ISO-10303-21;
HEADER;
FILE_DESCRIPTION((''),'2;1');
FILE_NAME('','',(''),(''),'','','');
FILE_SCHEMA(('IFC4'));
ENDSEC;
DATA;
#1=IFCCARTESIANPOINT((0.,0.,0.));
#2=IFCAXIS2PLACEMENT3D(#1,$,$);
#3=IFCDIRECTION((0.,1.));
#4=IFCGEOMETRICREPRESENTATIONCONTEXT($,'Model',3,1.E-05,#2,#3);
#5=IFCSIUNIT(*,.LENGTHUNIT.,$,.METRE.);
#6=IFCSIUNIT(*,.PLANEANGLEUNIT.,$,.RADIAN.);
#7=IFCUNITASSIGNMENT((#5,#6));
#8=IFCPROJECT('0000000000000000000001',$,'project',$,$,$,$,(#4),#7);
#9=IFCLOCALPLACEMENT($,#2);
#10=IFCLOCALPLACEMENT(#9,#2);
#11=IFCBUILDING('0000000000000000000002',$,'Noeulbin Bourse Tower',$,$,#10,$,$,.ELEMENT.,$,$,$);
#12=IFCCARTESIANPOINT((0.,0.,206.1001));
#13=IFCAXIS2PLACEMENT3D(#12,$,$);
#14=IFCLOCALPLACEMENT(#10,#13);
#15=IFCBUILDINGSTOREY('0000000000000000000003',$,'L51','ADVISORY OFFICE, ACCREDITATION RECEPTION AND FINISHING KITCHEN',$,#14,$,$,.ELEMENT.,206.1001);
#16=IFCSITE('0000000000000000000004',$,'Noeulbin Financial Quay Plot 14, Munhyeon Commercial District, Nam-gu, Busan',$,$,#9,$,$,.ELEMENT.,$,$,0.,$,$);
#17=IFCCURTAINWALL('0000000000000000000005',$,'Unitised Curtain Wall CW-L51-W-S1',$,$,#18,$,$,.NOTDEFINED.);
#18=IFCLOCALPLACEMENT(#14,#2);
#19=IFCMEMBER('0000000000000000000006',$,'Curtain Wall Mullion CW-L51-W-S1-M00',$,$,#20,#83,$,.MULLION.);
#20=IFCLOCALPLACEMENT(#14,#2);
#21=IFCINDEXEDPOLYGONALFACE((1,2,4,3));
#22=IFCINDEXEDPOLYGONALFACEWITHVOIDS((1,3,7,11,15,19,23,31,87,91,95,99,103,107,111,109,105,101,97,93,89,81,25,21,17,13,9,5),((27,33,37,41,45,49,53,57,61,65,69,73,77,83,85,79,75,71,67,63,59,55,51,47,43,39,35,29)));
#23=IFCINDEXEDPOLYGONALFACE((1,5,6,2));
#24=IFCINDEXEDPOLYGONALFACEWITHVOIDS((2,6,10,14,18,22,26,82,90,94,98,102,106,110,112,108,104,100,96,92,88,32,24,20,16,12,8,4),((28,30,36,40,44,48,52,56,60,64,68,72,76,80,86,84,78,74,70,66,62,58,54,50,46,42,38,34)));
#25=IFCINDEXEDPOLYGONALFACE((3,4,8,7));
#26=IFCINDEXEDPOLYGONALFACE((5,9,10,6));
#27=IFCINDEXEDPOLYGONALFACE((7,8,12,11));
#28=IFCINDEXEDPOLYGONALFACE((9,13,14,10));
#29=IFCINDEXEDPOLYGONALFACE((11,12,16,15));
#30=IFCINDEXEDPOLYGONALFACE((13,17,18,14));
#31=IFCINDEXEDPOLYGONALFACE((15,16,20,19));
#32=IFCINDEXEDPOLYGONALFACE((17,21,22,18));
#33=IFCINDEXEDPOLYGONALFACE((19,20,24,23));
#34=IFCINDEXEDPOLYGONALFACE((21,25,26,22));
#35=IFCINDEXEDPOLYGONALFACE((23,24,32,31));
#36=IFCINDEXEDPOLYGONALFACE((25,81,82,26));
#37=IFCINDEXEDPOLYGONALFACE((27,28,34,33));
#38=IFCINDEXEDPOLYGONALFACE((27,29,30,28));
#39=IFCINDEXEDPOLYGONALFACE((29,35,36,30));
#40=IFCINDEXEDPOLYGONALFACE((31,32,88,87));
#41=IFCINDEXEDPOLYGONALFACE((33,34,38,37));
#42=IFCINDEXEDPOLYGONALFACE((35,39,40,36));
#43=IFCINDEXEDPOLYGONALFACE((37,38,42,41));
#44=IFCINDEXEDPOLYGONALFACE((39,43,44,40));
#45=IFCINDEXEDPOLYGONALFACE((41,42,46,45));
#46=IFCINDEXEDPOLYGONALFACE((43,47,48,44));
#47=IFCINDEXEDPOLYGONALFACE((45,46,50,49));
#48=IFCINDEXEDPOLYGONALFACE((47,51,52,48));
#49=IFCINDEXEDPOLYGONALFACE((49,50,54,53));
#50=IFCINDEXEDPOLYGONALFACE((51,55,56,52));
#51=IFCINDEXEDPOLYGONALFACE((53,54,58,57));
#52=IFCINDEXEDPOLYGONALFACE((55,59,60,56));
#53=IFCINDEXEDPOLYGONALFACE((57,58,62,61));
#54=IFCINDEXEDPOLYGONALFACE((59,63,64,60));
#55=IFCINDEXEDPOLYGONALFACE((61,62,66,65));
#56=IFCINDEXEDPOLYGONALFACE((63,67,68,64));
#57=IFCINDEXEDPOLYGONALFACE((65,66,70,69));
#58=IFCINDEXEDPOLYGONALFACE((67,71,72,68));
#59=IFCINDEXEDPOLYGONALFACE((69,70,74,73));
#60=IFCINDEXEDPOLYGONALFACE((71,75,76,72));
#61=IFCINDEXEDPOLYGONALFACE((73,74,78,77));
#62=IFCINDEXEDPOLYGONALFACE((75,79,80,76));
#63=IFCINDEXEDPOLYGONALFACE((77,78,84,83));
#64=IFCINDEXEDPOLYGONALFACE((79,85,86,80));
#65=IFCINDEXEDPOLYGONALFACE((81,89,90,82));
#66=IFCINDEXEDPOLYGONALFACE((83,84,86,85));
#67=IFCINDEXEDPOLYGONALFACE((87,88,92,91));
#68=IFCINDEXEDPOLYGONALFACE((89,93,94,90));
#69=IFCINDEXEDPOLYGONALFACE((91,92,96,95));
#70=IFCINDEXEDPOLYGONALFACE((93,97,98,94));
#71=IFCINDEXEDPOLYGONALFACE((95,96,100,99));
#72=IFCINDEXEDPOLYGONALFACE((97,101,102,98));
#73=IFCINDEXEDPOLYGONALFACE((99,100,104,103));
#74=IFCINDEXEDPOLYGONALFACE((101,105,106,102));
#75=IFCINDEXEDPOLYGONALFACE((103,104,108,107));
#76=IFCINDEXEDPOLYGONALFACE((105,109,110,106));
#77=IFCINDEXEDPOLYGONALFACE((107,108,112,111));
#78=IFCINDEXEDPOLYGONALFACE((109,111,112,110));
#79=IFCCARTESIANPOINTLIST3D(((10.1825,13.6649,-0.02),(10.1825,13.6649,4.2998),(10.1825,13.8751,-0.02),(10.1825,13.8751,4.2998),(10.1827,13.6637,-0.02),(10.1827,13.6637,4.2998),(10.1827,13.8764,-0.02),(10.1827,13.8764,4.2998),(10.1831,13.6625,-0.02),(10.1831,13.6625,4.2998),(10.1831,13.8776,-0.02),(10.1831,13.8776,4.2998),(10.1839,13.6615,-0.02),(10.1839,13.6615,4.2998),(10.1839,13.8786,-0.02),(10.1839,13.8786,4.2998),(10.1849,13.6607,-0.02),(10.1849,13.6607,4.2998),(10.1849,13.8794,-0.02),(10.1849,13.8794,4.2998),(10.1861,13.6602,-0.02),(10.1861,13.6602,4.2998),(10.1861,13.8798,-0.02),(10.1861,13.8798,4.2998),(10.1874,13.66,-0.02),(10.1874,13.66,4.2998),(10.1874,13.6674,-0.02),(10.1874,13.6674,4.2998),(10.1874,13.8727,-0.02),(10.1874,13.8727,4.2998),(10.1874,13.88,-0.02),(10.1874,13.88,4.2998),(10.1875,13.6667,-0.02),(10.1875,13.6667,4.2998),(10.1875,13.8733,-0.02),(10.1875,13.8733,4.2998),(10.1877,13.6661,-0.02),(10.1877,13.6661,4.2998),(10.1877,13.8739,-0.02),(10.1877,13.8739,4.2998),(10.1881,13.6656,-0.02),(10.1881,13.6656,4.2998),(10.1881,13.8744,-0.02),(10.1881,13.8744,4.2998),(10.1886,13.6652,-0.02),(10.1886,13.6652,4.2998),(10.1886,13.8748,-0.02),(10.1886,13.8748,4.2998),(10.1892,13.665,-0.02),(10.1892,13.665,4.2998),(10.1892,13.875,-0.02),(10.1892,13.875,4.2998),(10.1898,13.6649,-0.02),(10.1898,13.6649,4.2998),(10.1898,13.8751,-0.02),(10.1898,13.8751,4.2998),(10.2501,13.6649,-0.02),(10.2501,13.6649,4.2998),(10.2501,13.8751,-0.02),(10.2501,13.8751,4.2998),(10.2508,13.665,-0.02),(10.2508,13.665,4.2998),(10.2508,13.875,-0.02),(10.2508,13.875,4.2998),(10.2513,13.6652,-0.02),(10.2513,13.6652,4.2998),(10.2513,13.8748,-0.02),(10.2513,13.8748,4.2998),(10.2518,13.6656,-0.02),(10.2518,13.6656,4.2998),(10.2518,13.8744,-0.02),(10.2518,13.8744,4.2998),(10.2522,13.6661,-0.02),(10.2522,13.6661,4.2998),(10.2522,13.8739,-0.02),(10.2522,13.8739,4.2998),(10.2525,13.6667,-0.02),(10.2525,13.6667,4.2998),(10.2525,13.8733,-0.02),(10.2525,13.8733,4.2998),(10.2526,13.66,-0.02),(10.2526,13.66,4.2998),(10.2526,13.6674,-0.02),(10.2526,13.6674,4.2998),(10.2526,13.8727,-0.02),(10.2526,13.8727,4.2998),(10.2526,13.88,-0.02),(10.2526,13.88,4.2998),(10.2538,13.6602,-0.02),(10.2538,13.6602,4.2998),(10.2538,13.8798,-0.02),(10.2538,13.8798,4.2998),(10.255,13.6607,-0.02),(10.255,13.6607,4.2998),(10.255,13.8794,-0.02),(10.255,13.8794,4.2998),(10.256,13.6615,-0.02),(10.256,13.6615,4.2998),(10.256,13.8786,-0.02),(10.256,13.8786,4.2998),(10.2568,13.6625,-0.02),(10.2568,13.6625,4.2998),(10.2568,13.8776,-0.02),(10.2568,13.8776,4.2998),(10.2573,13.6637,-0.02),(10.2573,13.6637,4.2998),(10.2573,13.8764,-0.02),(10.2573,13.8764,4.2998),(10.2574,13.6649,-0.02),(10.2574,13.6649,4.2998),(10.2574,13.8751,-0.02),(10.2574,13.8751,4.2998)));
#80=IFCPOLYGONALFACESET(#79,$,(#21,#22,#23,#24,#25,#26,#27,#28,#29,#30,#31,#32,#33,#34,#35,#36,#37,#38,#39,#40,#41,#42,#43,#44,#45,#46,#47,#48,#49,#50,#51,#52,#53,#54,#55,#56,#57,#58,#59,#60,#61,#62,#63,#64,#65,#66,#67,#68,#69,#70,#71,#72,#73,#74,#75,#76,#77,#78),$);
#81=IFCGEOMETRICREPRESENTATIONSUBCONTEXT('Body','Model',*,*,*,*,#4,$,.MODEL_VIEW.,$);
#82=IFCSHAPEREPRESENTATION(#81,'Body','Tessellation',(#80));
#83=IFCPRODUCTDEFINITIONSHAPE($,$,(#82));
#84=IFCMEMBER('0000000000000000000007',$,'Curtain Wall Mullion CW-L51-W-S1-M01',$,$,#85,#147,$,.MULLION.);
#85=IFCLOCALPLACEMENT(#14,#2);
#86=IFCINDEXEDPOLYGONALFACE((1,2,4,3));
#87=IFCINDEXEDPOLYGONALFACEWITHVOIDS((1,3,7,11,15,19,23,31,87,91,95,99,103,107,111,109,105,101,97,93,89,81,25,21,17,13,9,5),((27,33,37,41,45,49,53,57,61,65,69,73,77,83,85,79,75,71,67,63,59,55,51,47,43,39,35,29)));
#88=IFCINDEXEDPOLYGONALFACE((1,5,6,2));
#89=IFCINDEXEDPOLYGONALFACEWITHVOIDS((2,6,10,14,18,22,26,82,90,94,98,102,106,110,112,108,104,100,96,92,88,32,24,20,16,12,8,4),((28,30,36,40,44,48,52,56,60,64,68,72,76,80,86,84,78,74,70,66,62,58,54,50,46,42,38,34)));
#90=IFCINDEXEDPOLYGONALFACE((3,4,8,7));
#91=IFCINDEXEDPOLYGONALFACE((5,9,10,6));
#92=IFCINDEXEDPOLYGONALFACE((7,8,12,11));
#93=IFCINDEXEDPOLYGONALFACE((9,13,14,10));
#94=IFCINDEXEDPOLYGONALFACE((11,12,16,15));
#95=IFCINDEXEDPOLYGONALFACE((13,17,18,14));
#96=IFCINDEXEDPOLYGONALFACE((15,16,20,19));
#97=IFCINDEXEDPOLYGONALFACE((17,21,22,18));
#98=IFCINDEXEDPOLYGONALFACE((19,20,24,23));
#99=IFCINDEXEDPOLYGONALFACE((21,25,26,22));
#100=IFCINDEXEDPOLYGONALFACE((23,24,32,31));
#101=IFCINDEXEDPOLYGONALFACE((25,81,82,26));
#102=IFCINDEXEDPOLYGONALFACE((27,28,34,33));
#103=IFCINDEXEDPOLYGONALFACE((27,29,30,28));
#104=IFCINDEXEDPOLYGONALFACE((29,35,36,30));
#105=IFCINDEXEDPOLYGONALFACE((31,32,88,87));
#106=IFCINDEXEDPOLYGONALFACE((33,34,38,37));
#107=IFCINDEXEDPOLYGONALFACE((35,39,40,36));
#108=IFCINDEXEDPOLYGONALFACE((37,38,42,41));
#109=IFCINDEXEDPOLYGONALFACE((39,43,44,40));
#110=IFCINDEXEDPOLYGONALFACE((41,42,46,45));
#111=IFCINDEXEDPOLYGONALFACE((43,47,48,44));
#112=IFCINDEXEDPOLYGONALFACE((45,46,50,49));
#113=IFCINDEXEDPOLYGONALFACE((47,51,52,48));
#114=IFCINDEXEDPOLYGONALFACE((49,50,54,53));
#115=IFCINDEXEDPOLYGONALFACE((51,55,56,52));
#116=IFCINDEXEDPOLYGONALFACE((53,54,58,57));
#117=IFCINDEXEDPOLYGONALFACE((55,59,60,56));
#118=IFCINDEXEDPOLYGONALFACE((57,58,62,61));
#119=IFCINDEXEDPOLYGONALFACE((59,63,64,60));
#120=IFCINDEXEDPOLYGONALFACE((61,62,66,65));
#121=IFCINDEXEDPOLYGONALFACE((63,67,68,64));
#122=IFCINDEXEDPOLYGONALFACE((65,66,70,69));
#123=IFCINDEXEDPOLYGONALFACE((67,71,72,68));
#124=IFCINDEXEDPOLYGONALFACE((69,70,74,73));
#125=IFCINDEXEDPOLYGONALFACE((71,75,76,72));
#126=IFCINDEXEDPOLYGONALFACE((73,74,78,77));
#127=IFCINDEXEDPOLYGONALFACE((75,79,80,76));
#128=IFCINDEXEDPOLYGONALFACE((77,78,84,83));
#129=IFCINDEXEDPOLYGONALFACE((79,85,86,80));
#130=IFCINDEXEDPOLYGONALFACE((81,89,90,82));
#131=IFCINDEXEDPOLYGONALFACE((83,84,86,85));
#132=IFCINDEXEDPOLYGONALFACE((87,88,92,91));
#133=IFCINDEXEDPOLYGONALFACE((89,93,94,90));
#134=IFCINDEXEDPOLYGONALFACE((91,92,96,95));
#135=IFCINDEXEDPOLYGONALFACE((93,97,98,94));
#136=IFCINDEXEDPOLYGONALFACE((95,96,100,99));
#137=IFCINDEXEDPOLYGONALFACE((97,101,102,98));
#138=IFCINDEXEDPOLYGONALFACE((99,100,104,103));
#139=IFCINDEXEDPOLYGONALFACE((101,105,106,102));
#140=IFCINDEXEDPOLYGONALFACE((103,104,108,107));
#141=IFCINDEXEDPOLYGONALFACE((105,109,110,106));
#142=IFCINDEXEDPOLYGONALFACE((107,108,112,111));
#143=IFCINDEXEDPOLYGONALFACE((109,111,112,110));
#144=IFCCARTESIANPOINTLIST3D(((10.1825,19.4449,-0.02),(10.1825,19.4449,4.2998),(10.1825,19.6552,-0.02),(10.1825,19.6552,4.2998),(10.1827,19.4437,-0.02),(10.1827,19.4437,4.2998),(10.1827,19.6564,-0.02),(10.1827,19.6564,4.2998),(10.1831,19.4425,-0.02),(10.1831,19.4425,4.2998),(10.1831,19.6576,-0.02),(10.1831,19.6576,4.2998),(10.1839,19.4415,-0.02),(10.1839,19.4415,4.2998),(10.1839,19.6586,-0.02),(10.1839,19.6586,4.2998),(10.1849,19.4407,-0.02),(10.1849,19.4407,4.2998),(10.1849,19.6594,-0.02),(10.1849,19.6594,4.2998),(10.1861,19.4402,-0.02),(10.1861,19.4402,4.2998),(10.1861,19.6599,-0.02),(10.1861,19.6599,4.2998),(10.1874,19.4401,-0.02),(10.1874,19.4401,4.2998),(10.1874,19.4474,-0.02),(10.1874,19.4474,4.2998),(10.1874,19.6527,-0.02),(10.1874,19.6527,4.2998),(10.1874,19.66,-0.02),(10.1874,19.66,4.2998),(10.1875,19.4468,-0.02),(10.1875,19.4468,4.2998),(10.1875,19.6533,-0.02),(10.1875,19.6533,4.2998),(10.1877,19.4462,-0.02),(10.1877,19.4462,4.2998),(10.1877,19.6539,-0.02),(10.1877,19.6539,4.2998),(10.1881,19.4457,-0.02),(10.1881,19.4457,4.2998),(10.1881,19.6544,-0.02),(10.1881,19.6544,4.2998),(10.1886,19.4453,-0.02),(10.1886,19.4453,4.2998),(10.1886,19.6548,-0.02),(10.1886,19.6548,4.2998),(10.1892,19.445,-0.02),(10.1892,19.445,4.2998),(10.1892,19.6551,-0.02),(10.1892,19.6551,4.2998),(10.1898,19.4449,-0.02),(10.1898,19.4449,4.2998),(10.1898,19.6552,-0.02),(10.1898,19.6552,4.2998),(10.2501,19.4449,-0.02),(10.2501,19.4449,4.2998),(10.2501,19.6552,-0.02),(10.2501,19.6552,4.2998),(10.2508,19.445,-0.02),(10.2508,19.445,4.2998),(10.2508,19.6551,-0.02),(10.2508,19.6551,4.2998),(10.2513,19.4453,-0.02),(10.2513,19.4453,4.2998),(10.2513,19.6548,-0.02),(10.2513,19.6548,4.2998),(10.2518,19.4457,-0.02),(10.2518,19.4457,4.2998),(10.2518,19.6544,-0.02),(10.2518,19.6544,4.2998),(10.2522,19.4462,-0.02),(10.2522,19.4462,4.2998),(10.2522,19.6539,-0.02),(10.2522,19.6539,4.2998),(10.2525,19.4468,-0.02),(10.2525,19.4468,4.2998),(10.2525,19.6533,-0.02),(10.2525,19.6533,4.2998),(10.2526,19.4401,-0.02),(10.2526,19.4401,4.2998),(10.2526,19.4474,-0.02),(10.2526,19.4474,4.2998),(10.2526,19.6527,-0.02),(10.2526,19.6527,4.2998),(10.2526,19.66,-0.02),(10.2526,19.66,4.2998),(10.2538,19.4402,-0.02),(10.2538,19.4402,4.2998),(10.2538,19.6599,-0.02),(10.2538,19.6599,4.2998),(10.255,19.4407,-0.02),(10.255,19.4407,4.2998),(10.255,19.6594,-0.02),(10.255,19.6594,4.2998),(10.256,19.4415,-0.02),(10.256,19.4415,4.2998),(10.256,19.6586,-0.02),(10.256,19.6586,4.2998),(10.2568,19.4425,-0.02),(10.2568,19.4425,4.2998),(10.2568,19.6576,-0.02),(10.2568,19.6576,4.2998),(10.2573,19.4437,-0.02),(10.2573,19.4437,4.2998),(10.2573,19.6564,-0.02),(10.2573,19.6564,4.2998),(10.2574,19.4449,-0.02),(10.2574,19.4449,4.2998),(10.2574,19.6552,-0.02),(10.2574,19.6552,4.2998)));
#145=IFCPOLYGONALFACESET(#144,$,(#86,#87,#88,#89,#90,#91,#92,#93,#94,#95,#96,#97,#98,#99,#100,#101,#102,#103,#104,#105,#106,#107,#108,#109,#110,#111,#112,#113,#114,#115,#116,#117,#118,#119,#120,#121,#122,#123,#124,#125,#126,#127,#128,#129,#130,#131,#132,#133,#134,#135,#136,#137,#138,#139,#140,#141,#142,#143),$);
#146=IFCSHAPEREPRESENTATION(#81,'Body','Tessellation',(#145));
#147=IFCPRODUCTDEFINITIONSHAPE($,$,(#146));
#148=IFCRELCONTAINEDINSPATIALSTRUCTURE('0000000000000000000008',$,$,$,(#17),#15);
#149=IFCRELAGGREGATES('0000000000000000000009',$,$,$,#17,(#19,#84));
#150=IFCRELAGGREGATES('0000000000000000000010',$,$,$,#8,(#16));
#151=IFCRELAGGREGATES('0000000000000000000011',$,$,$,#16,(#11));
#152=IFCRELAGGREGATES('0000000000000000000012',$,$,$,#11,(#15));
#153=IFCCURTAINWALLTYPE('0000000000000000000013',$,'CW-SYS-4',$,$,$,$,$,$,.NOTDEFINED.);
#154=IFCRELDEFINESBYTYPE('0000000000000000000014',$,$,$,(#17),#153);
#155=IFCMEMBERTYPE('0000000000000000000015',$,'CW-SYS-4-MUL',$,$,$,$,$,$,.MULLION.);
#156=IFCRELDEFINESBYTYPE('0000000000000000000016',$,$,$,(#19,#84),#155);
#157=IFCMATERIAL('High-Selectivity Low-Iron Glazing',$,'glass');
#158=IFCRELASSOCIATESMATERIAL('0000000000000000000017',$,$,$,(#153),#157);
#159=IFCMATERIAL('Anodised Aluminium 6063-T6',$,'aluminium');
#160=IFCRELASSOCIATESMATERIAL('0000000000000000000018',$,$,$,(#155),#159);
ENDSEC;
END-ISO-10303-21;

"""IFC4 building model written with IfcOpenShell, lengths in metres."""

from ifc_helpers import new_model, si_unit, direction, frame, origin, origin_2d, place, context, subcontext, project, spatial, hollow_rectangle, extrude, material, material_profile, profile_set, type_object, element, aggregate, save


model = new_model("IFC4")

# Units and contexts
model_context = context("Model", 3, precision=1e-05, world=origin(), true_north=direction((0.0, 1.0)))
body_context = subcontext(model_context, "Body", "Model", "MODEL_VIEW")
ifc_project = project(units=[si_unit("LENGTHUNIT", "METRE"), si_unit("PLANEANGLEUNIT", "RADIAN")], contexts=[model_context])

# Site, building, storey
site_placement = place(None, origin())
site = spatial("IfcSite", under=ifc_project, at=site_placement, Name="Noeulbin Financial Quay Plot 14, Munhyeon Commercial District, Nam-gu, Busan", CompositionType="ELEMENT", RefElevation=0.0)
building_placement = place(site_placement, origin())
building = spatial("IfcBuilding", under=site, at=building_placement, Name="Noeulbin Bourse Tower", CompositionType="ELEMENT")
storey_placement = place(building_placement, frame((0.0, 0.0, 206.1001)))
storey = spatial("IfcBuildingStorey", under=building, at=storey_placement, Name="L51", Description="ADVISORY OFFICE, ACCREDITATION RECEPTION AND FINISHING KITCHEN", CompositionType="ELEMENT", Elevation=206.1001)

# Curtain wall, members
ifc_material_1 = material(Name="High-Selectivity Low-Iron Glazing", Category="glass")
curtain_wall_type = type_object("IfcCurtainWallType", Name="CW-SYS-4", PredefinedType="NOTDEFINED", material=ifc_material_1)
curtain_wall_placement = place(storey_placement, origin())
curtain_wall = element("IfcCurtainWall", 1, at=curtain_wall_placement, inside=storey, type_object=curtain_wall_type, Name="Unitised Curtain Wall CW-L51-W-S1", PredefinedType="NOTDEFINED")
ifc_material_2 = material(Name="Anodised Aluminium 6063-T6", Category="aluminium")
ifc_material_profile_1 = material_profile(ifc_material_2, hollow_rectangle(XDim=0.075, YDim=0.22, WallThickness=0.0049, InnerFilletRadius=0.0024, OuterFilletRadius=0.0049, at=origin_2d()), Name="ALU-MULL-75x220x5", Category="LoadBearing")
ifc_profile_set_1 = profile_set([ifc_material_profile_1], Name="Anodised Aluminium 6063-T6")
member_type_1 = type_object("IfcMemberType", Name="CW-SYS-4-MUL", PredefinedType="MULLION", material=ifc_profile_set_1)
member_1_placement = place(storey_placement, frame((10.22, 13.77, -0.02), z_axis=(0.0, 0.0, 1.0), x_axis=(1.0, 0.0, 0.0)))
member_1 = element("IfcMember", 2, at=member_1_placement, type_object=member_type_1, Name="Curtain Wall Mullion CW-L51-W-S1-M00", PredefinedType="MULLION", context=body_context, shape_type="SweptSolid", body=[
    extrude(hollow_rectangle(XDim=0.075, YDim=0.22, WallThickness=0.0049, InnerFilletRadius=0.0024, OuterFilletRadius=0.0049, at=origin_2d()), origin(), (0.0, 0.0, 1.0), 4.3198),
])
member_2_placement = place(storey_placement, frame((10.22, 19.55, -0.02), z_axis=(0.0, 0.0, 1.0), x_axis=(1.0, 0.0, 0.0)))
member_2 = element("IfcMember", 3, at=member_2_placement, type_object=member_type_1, Name="Curtain Wall Mullion CW-L51-W-S1-M01", PredefinedType="MULLION", context=body_context, shape_type="SweptSolid", body=[
    extrude(hollow_rectangle(XDim=0.075, YDim=0.22, WallThickness=0.0049, InnerFilletRadius=0.0024, OuterFilletRadius=0.0049, at=origin_2d()), origin(), (0.0, 0.0, 1.0), 4.3198),
])
aggregate(curtain_wall, [member_1, member_2])

save(model, "model.ifc")
